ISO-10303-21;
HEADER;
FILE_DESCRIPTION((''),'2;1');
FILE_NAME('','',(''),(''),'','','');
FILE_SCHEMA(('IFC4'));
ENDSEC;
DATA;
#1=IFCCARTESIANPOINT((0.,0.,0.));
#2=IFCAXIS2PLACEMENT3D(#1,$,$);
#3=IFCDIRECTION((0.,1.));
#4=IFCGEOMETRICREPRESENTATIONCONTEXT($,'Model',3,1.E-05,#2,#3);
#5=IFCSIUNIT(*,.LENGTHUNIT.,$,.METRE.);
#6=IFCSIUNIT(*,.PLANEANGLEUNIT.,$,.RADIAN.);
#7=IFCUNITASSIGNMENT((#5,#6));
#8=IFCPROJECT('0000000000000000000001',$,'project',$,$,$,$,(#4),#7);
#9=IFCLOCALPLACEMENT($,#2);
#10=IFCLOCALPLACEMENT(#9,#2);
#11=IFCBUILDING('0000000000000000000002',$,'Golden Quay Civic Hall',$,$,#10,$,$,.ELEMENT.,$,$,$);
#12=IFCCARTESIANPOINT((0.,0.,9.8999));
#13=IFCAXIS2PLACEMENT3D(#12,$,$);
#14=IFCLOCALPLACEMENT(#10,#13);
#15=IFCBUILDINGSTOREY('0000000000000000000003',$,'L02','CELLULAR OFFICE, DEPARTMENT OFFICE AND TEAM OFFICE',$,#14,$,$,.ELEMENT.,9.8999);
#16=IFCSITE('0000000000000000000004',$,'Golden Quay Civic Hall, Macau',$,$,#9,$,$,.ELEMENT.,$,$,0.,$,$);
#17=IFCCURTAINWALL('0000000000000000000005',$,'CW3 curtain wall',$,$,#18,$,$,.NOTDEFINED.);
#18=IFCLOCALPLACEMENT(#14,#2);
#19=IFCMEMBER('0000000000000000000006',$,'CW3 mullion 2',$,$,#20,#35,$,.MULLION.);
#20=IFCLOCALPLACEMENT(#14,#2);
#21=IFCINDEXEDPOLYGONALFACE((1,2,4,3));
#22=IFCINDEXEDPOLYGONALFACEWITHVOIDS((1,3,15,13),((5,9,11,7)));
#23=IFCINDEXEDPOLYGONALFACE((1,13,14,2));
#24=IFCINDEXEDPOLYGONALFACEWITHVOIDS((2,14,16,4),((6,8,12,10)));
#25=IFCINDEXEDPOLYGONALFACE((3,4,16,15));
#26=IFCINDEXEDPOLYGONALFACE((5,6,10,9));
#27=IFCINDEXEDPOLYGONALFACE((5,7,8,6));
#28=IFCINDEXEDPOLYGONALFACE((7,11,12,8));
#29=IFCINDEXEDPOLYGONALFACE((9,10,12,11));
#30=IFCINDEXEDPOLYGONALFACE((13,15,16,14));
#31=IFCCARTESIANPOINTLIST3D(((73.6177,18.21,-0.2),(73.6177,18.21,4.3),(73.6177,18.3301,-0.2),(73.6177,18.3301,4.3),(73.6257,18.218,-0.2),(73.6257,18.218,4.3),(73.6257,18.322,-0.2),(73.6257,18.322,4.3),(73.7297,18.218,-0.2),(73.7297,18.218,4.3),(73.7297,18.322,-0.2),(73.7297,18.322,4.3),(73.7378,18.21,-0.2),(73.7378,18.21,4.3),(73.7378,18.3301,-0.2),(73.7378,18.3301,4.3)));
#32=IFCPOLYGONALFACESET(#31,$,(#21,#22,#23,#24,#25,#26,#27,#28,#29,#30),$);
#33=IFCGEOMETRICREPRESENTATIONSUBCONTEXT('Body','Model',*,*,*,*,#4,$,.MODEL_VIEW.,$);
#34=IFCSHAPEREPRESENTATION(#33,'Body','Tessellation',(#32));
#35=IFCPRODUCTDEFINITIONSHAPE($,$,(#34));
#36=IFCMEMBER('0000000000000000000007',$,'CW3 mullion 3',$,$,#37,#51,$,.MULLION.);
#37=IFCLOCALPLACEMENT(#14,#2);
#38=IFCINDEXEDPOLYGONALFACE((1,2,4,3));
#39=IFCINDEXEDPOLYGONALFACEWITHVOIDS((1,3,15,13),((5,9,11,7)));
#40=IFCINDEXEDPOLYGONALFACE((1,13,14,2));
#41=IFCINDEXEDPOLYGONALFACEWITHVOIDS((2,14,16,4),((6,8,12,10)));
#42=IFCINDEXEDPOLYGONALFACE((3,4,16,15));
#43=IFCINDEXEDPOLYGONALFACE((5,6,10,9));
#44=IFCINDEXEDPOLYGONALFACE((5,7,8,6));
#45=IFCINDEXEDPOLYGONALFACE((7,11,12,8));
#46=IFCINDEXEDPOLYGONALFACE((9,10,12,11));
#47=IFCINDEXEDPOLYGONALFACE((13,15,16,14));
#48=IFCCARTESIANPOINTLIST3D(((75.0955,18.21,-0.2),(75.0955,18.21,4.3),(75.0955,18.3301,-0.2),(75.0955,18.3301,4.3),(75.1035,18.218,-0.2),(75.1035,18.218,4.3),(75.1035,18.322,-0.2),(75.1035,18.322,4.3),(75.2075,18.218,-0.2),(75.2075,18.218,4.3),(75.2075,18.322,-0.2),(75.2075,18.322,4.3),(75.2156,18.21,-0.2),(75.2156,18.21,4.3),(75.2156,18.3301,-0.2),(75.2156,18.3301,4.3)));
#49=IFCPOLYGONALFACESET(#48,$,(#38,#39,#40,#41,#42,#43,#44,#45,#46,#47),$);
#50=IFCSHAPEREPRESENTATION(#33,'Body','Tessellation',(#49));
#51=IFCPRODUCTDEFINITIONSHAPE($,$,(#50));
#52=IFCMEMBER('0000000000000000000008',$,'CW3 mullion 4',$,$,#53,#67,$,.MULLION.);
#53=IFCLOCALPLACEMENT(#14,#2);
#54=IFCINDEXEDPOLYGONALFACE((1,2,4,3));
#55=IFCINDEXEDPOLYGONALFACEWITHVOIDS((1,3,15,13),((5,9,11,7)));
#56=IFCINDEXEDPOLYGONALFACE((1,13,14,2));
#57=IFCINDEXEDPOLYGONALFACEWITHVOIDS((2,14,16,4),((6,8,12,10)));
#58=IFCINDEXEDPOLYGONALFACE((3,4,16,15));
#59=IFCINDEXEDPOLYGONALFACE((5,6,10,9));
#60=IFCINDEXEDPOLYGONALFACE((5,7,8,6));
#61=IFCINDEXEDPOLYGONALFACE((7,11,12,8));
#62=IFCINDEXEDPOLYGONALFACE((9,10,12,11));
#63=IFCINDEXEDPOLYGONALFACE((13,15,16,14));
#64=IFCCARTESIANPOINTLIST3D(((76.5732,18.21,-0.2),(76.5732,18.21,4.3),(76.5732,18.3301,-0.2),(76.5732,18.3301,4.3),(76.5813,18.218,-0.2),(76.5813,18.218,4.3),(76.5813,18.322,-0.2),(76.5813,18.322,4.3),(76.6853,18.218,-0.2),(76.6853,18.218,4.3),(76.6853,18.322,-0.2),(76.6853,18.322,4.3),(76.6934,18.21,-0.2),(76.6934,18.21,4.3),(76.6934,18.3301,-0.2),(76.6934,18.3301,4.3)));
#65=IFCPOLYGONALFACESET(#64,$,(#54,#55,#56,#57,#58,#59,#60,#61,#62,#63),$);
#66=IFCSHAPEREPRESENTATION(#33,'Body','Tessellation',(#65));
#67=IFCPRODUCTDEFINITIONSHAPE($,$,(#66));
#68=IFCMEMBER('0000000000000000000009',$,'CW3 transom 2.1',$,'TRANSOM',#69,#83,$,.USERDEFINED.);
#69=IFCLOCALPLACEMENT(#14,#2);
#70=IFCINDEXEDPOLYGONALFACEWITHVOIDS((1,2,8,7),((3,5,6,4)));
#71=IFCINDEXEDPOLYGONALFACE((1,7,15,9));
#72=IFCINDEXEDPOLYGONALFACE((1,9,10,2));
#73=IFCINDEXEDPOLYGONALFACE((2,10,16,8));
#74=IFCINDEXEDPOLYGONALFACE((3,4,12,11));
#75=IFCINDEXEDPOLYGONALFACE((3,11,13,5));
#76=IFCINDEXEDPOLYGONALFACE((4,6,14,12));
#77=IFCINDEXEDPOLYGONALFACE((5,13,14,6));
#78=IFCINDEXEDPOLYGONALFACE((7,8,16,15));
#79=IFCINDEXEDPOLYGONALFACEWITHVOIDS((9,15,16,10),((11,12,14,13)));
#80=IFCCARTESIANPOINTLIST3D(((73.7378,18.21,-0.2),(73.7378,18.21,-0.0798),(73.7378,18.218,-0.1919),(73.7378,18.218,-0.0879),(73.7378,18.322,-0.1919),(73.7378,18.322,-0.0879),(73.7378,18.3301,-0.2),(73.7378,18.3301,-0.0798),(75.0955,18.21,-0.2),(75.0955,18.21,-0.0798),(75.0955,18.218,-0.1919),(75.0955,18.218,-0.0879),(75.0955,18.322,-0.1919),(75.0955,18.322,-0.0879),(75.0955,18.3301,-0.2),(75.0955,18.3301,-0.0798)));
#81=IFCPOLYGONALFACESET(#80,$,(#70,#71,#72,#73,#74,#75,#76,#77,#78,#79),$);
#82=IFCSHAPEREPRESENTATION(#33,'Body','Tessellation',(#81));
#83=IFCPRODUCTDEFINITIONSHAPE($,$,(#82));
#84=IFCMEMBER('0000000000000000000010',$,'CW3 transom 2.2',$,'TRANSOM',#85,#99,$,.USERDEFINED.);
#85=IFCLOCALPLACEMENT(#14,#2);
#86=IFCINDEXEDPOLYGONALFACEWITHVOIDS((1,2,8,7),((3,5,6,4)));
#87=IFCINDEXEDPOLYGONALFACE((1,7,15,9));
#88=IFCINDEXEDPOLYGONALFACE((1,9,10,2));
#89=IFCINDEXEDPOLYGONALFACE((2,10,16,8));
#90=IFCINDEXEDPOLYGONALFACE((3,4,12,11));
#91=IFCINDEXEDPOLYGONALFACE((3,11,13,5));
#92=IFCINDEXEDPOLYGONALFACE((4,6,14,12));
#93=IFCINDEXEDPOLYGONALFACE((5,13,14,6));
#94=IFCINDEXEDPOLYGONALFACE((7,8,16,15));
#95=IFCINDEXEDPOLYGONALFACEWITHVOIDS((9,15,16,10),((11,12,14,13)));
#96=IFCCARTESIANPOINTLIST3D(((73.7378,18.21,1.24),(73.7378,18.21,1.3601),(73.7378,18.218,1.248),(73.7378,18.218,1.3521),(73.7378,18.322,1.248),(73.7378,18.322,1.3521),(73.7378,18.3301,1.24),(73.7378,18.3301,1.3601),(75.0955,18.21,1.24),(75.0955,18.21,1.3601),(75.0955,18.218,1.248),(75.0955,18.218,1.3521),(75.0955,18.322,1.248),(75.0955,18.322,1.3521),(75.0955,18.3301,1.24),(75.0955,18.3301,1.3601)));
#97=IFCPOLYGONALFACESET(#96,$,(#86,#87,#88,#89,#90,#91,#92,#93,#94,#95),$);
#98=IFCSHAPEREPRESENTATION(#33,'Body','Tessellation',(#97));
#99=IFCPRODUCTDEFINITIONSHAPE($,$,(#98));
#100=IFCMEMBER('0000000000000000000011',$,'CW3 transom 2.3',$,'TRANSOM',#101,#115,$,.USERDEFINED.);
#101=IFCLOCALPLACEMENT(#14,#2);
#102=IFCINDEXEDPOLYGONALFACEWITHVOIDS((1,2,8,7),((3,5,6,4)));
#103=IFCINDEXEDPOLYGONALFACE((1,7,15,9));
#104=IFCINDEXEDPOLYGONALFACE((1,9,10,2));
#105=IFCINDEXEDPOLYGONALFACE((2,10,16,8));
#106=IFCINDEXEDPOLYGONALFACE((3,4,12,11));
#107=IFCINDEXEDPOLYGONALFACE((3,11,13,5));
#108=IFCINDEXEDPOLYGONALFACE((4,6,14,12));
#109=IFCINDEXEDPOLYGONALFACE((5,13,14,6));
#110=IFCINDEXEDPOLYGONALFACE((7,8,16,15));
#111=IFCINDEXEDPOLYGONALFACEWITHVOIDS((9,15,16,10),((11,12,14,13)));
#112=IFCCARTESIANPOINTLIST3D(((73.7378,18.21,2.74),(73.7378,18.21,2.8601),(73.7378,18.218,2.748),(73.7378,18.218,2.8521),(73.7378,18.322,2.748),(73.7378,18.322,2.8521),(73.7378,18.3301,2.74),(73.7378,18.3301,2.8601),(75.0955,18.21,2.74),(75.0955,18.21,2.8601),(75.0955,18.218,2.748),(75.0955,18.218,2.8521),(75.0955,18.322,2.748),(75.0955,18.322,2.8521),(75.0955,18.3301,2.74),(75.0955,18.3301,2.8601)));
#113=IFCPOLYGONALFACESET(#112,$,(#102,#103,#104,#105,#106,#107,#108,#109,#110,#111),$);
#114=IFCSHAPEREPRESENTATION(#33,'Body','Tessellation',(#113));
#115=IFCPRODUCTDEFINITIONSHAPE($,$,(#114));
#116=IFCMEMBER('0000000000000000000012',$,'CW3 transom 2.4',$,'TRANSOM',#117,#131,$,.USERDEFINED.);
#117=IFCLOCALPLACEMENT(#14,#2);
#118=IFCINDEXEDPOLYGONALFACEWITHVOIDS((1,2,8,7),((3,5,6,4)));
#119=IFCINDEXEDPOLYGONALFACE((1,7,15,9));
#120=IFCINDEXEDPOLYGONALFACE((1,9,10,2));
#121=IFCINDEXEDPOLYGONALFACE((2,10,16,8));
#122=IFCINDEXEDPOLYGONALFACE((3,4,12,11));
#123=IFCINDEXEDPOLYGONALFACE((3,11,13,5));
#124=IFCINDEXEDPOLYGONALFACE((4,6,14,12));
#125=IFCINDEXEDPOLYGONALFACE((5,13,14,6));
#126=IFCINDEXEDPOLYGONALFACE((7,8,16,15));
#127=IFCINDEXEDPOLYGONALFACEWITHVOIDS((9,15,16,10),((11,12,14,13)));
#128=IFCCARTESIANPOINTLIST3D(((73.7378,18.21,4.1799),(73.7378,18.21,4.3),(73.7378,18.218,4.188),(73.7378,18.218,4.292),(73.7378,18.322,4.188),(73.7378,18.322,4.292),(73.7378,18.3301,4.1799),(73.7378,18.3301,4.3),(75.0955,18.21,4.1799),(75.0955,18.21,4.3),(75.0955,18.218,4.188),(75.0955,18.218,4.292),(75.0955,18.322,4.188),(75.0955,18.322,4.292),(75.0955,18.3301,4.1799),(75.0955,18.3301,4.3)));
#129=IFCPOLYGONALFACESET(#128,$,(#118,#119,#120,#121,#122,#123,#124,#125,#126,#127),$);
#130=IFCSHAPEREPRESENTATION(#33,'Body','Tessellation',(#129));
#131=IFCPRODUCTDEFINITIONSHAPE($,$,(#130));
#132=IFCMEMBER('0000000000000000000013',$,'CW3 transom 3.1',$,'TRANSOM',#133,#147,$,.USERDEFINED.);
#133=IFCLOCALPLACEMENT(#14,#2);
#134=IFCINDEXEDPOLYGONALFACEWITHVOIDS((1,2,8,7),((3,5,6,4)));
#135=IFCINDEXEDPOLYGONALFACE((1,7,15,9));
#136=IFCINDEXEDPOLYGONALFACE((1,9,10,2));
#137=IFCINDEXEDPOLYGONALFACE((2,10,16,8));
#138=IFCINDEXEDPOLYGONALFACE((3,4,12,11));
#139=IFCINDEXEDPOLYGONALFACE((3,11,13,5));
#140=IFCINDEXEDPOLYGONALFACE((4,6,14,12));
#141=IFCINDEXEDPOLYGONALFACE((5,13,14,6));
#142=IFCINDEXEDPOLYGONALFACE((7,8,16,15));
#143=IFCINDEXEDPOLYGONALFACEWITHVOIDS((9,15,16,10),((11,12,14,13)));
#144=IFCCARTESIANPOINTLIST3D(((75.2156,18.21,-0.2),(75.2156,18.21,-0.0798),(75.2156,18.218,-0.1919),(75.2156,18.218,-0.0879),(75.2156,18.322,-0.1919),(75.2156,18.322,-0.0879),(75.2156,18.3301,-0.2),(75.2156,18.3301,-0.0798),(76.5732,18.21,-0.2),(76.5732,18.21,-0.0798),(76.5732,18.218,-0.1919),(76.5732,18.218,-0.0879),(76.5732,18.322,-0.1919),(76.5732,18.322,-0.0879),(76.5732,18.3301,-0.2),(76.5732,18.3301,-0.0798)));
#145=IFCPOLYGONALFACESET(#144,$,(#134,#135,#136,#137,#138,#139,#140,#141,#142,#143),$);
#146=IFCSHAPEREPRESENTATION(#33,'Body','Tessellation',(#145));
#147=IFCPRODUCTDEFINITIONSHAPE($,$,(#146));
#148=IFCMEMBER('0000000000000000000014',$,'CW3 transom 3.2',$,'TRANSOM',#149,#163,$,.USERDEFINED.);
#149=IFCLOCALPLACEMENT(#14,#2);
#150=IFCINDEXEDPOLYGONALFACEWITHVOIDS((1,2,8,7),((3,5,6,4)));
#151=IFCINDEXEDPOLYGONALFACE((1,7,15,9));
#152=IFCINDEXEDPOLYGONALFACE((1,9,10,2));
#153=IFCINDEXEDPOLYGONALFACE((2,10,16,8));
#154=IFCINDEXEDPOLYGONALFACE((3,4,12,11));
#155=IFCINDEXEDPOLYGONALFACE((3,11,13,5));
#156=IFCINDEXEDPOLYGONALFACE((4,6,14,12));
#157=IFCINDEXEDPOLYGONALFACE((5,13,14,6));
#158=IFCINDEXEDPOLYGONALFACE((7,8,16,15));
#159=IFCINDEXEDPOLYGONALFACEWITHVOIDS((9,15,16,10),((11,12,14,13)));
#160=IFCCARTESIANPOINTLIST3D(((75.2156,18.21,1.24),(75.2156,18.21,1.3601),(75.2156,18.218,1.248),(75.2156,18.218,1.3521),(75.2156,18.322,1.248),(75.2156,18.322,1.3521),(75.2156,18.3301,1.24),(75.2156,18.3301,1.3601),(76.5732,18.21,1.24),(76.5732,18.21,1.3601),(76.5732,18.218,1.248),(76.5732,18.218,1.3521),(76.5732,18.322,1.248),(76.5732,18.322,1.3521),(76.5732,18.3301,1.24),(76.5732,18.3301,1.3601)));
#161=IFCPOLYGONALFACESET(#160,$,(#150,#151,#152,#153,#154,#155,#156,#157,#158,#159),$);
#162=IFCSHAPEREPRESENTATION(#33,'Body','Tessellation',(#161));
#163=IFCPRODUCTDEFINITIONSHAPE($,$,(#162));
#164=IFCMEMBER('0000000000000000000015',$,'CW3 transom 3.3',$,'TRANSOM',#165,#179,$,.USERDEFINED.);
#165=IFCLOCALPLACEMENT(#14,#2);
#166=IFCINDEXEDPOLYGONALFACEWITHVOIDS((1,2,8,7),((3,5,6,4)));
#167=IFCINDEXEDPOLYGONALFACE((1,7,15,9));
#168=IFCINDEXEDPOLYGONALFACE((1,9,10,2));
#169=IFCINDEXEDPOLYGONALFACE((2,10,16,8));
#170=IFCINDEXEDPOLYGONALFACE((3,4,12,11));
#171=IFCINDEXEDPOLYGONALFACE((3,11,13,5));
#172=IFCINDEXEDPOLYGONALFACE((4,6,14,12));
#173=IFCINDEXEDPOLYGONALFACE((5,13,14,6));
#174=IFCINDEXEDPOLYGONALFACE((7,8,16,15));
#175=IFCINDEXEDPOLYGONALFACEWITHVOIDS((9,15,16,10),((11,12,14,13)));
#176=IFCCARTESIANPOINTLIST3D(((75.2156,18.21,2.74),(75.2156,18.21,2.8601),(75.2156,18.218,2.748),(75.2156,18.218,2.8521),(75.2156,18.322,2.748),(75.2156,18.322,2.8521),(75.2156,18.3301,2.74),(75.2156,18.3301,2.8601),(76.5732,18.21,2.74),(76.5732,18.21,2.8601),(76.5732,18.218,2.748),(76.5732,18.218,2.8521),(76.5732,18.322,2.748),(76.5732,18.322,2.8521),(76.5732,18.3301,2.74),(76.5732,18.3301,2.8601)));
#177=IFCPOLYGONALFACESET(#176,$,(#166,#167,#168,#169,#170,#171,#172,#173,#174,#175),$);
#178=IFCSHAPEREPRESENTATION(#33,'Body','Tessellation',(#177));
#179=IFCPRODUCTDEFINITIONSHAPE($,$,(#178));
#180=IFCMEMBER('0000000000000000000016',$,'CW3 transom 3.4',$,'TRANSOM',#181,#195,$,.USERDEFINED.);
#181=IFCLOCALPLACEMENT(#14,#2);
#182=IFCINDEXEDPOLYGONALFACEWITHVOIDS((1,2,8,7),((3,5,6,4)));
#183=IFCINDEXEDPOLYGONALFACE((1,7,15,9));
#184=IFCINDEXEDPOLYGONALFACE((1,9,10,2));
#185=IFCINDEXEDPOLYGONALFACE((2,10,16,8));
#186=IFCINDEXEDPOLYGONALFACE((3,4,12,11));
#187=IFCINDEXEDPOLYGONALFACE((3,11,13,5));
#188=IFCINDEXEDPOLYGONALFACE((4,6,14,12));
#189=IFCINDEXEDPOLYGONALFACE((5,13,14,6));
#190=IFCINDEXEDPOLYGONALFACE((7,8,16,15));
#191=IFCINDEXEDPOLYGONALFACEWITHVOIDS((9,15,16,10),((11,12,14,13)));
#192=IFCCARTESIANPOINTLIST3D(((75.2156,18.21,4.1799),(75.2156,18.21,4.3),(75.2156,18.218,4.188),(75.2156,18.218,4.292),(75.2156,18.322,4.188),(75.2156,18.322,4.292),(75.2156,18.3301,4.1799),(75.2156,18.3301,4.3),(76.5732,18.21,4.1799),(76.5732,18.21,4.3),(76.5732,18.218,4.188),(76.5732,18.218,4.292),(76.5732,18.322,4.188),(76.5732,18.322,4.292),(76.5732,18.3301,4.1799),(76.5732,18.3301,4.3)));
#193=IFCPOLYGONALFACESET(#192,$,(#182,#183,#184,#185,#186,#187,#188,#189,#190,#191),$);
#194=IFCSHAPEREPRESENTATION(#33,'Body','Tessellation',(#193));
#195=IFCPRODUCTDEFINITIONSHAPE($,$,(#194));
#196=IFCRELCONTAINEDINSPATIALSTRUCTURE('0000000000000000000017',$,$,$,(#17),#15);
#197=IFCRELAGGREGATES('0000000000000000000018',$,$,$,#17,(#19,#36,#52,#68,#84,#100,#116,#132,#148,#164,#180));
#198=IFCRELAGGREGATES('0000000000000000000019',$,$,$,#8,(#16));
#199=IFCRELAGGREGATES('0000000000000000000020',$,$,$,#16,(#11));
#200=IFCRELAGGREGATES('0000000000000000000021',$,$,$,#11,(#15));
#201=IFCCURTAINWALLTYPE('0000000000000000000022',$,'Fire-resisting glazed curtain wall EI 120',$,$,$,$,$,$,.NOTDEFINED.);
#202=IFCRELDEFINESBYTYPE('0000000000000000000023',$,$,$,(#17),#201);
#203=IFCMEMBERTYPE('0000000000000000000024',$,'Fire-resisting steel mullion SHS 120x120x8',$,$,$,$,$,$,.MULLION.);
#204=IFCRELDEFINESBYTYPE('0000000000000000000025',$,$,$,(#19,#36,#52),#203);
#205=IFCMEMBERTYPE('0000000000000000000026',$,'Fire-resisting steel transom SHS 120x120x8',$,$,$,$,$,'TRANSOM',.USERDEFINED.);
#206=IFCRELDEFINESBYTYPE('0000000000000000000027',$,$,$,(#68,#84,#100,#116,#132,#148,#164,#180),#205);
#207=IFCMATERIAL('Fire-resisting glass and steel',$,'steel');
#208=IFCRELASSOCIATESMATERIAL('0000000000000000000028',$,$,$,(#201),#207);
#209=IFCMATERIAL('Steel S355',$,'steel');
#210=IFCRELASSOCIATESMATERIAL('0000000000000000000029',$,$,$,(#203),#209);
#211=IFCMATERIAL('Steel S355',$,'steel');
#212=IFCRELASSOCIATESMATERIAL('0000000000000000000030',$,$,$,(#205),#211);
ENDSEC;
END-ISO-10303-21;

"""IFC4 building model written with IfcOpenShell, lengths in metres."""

from ifc_helpers import new_model, si_unit, direction, frame, origin, origin_2d, place, context, subcontext, project, spatial, hollow_rectangle, extrude, material, material_profile, profile_set, type_object, element, aggregate, save


model = new_model("IFC4")

# Units and contexts
model_context = context("Model", 3, precision=1e-05, world=origin(), true_north=direction((0.0, 1.0)))
body_context = subcontext(model_context, "Body", "Model", "MODEL_VIEW")
ifc_project = project(units=[si_unit("LENGTHUNIT", "METRE"), si_unit("PLANEANGLEUNIT", "RADIAN")], contexts=[model_context])

# Site, building, storey
site_placement = place(None, origin())
site = spatial("IfcSite", under=ifc_project, at=site_placement, Name="Golden Quay Civic Hall, Macau", CompositionType="ELEMENT", RefElevation=0.0)
building_placement = place(site_placement, origin())
building = spatial("IfcBuilding", under=site, at=building_placement, Name="Golden Quay Civic Hall", CompositionType="ELEMENT")
storey_placement = place(building_placement, frame((0.0, 0.0, 9.8999)))
storey = spatial("IfcBuildingStorey", under=building, at=storey_placement, Name="L02", Description="CELLULAR OFFICE, DEPARTMENT OFFICE AND TEAM OFFICE", CompositionType="ELEMENT", Elevation=9.8999)

# Curtain wall, members
ifc_material_1 = material(Name="Fire-resisting glass and steel", Category="steel")
curtain_wall_type = type_object("IfcCurtainWallType", Name="Fire-resisting glazed curtain wall EI 120", PredefinedType="NOTDEFINED", material=ifc_material_1)
curtain_wall_placement = place(storey_placement, origin())
curtain_wall = element("IfcCurtainWall", 1, at=curtain_wall_placement, inside=storey, type_object=curtain_wall_type, Name="CW3 curtain wall", PredefinedType="NOTDEFINED")
ifc_material_2 = material(Name="Steel S355", Category="steel")
ifc_material_profile_1 = material_profile(ifc_material_2, hollow_rectangle(XDim=0.1201, YDim=0.1201, WallThickness=0.0081, at=origin_2d()), Name="SHS 120x120x8")
ifc_profile_set_1 = profile_set([ifc_material_profile_1], Name="Steel S355")
member_type_1 = type_object("IfcMemberType", Name="Fire-resisting steel mullion SHS 120x120x8", PredefinedType="MULLION", material=ifc_profile_set_1)
member_1_placement = place(storey_placement, frame((73.6777, 18.27, -0.2), z_axis=(0.0, 0.0, 1.0), x_axis=(0.0, 1.0, 0.0)))
member_1 = element("IfcMember", 2, at=member_1_placement, type_object=member_type_1, Name="CW3 mullion 2", PredefinedType="MULLION", context=body_context, shape_type="SweptSolid", body=[
    extrude(hollow_rectangle(XDim=0.1201, YDim=0.1201, WallThickness=0.0081, at=origin_2d()), origin(), (0.0, 0.0, 1.0), 4.5),
])
member_2_placement = place(storey_placement, frame((75.1555, 18.27, -0.2), z_axis=(0.0, 0.0, 1.0), x_axis=(0.0, 1.0, 0.0)))
member_2 = element("IfcMember", 3, at=member_2_placement, type_object=member_type_1, Name="CW3 mullion 3", PredefinedType="MULLION", context=body_context, shape_type="SweptSolid", body=[
    extrude(hollow_rectangle(XDim=0.1201, YDim=0.1201, WallThickness=0.0081, at=origin_2d()), origin(), (0.0, 0.0, 1.0), 4.5),
])
member_3_placement = place(storey_placement, frame((76.6333, 18.27, -0.2), z_axis=(0.0, 0.0, 1.0), x_axis=(0.0, 1.0, 0.0)))
member_3 = element("IfcMember", 4, at=member_3_placement, type_object=member_type_1, Name="CW3 mullion 4", PredefinedType="MULLION", context=body_context, shape_type="SweptSolid", body=[
    extrude(hollow_rectangle(XDim=0.1201, YDim=0.1201, WallThickness=0.0081, at=origin_2d()), origin(), (0.0, 0.0, 1.0), 4.5),
])
ifc_material_3 = material(Name="Steel S355", Category="steel")
ifc_material_profile_2 = material_profile(ifc_material_3, hollow_rectangle(XDim=0.1201, YDim=0.1201, WallThickness=0.0081, at=origin_2d()), Name="SHS 120x120x8")
ifc_profile_set_2 = profile_set([ifc_material_profile_2], Name="Steel S355")
member_type_2 = type_object("IfcMemberType", Name="Fire-resisting steel transom SHS 120x120x8", ElementType="TRANSOM", PredefinedType="USERDEFINED", material=ifc_profile_set_2)
member_4_placement = place(storey_placement, frame((73.7378, 18.27, -0.1399), z_axis=(1.0, 0.0, 0.0), x_axis=(0.0, 1.0, 0.0)))
member_4 = element("IfcMember", 5, at=member_4_placement, type_object=member_type_2, Name="CW3 transom 2.1", ObjectType="TRANSOM", PredefinedType="USERDEFINED", context=body_context, shape_type="SweptSolid", body=[
    extrude(hollow_rectangle(XDim=0.1201, YDim=0.1201, WallThickness=0.0081, at=origin_2d()), origin(), (0.0, 0.0, 1.0), 1.3577),
])
member_5_placement = place(storey_placement, frame((73.7378, 18.27, 1.3), z_axis=(1.0, 0.0, 0.0), x_axis=(0.0, 1.0, 0.0)))
member_5 = element("IfcMember", 6, at=member_5_placement, type_object=member_type_2, Name="CW3 transom 2.2", ObjectType="TRANSOM", PredefinedType="USERDEFINED", context=body_context, shape_type="SweptSolid", body=[
    extrude(hollow_rectangle(XDim=0.1201, YDim=0.1201, WallThickness=0.0081, at=origin_2d()), origin(), (0.0, 0.0, 1.0), 1.3577),
])
member_6_placement = place(storey_placement, frame((73.7378, 18.27, 2.8), z_axis=(1.0, 0.0, 0.0), x_axis=(0.0, 1.0, 0.0)))
member_6 = element("IfcMember", 7, at=member_6_placement, type_object=member_type_2, Name="CW3 transom 2.3", ObjectType="TRANSOM", PredefinedType="USERDEFINED", context=body_context, shape_type="SweptSolid", body=[
    extrude(hollow_rectangle(XDim=0.1201, YDim=0.1201, WallThickness=0.0081, at=origin_2d()), origin(), (0.0, 0.0, 1.0), 1.3577),
])
member_7_placement = place(storey_placement, frame((73.7378, 18.27, 4.24), z_axis=(1.0, 0.0, 0.0), x_axis=(0.0, 1.0, 0.0)))
member_7 = element("IfcMember", 8, at=member_7_placement, type_object=member_type_2, Name="CW3 transom 2.4", ObjectType="TRANSOM", PredefinedType="USERDEFINED", context=body_context, shape_type="SweptSolid", body=[
    extrude(hollow_rectangle(XDim=0.1201, YDim=0.1201, WallThickness=0.0081, at=origin_2d()), origin(), (0.0, 0.0, 1.0), 1.3577),
])
member_8_placement = place(storey_placement, frame((75.2156, 18.27, -0.1399), z_axis=(1.0, 0.0, 0.0), x_axis=(0.0, 1.0, 0.0)))
member_8 = element("IfcMember", 9, at=member_8_placement, type_object=member_type_2, Name="CW3 transom 3.1", ObjectType="TRANSOM", PredefinedType="USERDEFINED", context=body_context, shape_type="SweptSolid", body=[
    extrude(hollow_rectangle(XDim=0.1201, YDim=0.1201, WallThickness=0.0081, at=origin_2d()), origin(), (0.0, 0.0, 1.0), 1.3577),
])
member_9_placement = place(storey_placement, frame((75.2156, 18.27, 1.3), z_axis=(1.0, 0.0, 0.0), x_axis=(0.0, 1.0, 0.0)))
member_9 = element("IfcMember", 10, at=member_9_placement, type_object=member_type_2, Name="CW3 transom 3.2", ObjectType="TRANSOM", PredefinedType="USERDEFINED", context=body_context, shape_type="SweptSolid", body=[
    extrude(hollow_rectangle(XDim=0.1201, YDim=0.1201, WallThickness=0.0081, at=origin_2d()), origin(), (0.0, 0.0, 1.0), 1.3577),
])
member_10_placement = place(storey_placement, frame((75.2156, 18.27, 2.8), z_axis=(1.0, 0.0, 0.0), x_axis=(0.0, 1.0, 0.0)))
member_10 = element("IfcMember", 11, at=member_10_placement, type_object=member_type_2, Name="CW3 transom 3.3", ObjectType="TRANSOM", PredefinedType="USERDEFINED", context=body_context, shape_type="SweptSolid", body=[
    extrude(hollow_rectangle(XDim=0.1201, YDim=0.1201, WallThickness=0.0081, at=origin_2d()), origin(), (0.0, 0.0, 1.0), 1.3577),
])
member_11_placement = place(storey_placement, frame((75.2156, 18.27, 4.24), z_axis=(1.0, 0.0, 0.0), x_axis=(0.0, 1.0, 0.0)))
member_11 = element("IfcMember", 12, at=member_11_placement, type_object=member_type_2, Name="CW3 transom 3.4", ObjectType="TRANSOM", PredefinedType="USERDEFINED", context=body_context, shape_type="SweptSolid", body=[
    extrude(hollow_rectangle(XDim=0.1201, YDim=0.1201, WallThickness=0.0081, at=origin_2d()), origin(), (0.0, 0.0, 1.0), 1.3577),
])
aggregate(curtain_wall, [member_1, member_2, member_3, member_4, member_5, member_6, member_7, member_8, member_9, member_10, member_11])

save(model, "model.ifc")
